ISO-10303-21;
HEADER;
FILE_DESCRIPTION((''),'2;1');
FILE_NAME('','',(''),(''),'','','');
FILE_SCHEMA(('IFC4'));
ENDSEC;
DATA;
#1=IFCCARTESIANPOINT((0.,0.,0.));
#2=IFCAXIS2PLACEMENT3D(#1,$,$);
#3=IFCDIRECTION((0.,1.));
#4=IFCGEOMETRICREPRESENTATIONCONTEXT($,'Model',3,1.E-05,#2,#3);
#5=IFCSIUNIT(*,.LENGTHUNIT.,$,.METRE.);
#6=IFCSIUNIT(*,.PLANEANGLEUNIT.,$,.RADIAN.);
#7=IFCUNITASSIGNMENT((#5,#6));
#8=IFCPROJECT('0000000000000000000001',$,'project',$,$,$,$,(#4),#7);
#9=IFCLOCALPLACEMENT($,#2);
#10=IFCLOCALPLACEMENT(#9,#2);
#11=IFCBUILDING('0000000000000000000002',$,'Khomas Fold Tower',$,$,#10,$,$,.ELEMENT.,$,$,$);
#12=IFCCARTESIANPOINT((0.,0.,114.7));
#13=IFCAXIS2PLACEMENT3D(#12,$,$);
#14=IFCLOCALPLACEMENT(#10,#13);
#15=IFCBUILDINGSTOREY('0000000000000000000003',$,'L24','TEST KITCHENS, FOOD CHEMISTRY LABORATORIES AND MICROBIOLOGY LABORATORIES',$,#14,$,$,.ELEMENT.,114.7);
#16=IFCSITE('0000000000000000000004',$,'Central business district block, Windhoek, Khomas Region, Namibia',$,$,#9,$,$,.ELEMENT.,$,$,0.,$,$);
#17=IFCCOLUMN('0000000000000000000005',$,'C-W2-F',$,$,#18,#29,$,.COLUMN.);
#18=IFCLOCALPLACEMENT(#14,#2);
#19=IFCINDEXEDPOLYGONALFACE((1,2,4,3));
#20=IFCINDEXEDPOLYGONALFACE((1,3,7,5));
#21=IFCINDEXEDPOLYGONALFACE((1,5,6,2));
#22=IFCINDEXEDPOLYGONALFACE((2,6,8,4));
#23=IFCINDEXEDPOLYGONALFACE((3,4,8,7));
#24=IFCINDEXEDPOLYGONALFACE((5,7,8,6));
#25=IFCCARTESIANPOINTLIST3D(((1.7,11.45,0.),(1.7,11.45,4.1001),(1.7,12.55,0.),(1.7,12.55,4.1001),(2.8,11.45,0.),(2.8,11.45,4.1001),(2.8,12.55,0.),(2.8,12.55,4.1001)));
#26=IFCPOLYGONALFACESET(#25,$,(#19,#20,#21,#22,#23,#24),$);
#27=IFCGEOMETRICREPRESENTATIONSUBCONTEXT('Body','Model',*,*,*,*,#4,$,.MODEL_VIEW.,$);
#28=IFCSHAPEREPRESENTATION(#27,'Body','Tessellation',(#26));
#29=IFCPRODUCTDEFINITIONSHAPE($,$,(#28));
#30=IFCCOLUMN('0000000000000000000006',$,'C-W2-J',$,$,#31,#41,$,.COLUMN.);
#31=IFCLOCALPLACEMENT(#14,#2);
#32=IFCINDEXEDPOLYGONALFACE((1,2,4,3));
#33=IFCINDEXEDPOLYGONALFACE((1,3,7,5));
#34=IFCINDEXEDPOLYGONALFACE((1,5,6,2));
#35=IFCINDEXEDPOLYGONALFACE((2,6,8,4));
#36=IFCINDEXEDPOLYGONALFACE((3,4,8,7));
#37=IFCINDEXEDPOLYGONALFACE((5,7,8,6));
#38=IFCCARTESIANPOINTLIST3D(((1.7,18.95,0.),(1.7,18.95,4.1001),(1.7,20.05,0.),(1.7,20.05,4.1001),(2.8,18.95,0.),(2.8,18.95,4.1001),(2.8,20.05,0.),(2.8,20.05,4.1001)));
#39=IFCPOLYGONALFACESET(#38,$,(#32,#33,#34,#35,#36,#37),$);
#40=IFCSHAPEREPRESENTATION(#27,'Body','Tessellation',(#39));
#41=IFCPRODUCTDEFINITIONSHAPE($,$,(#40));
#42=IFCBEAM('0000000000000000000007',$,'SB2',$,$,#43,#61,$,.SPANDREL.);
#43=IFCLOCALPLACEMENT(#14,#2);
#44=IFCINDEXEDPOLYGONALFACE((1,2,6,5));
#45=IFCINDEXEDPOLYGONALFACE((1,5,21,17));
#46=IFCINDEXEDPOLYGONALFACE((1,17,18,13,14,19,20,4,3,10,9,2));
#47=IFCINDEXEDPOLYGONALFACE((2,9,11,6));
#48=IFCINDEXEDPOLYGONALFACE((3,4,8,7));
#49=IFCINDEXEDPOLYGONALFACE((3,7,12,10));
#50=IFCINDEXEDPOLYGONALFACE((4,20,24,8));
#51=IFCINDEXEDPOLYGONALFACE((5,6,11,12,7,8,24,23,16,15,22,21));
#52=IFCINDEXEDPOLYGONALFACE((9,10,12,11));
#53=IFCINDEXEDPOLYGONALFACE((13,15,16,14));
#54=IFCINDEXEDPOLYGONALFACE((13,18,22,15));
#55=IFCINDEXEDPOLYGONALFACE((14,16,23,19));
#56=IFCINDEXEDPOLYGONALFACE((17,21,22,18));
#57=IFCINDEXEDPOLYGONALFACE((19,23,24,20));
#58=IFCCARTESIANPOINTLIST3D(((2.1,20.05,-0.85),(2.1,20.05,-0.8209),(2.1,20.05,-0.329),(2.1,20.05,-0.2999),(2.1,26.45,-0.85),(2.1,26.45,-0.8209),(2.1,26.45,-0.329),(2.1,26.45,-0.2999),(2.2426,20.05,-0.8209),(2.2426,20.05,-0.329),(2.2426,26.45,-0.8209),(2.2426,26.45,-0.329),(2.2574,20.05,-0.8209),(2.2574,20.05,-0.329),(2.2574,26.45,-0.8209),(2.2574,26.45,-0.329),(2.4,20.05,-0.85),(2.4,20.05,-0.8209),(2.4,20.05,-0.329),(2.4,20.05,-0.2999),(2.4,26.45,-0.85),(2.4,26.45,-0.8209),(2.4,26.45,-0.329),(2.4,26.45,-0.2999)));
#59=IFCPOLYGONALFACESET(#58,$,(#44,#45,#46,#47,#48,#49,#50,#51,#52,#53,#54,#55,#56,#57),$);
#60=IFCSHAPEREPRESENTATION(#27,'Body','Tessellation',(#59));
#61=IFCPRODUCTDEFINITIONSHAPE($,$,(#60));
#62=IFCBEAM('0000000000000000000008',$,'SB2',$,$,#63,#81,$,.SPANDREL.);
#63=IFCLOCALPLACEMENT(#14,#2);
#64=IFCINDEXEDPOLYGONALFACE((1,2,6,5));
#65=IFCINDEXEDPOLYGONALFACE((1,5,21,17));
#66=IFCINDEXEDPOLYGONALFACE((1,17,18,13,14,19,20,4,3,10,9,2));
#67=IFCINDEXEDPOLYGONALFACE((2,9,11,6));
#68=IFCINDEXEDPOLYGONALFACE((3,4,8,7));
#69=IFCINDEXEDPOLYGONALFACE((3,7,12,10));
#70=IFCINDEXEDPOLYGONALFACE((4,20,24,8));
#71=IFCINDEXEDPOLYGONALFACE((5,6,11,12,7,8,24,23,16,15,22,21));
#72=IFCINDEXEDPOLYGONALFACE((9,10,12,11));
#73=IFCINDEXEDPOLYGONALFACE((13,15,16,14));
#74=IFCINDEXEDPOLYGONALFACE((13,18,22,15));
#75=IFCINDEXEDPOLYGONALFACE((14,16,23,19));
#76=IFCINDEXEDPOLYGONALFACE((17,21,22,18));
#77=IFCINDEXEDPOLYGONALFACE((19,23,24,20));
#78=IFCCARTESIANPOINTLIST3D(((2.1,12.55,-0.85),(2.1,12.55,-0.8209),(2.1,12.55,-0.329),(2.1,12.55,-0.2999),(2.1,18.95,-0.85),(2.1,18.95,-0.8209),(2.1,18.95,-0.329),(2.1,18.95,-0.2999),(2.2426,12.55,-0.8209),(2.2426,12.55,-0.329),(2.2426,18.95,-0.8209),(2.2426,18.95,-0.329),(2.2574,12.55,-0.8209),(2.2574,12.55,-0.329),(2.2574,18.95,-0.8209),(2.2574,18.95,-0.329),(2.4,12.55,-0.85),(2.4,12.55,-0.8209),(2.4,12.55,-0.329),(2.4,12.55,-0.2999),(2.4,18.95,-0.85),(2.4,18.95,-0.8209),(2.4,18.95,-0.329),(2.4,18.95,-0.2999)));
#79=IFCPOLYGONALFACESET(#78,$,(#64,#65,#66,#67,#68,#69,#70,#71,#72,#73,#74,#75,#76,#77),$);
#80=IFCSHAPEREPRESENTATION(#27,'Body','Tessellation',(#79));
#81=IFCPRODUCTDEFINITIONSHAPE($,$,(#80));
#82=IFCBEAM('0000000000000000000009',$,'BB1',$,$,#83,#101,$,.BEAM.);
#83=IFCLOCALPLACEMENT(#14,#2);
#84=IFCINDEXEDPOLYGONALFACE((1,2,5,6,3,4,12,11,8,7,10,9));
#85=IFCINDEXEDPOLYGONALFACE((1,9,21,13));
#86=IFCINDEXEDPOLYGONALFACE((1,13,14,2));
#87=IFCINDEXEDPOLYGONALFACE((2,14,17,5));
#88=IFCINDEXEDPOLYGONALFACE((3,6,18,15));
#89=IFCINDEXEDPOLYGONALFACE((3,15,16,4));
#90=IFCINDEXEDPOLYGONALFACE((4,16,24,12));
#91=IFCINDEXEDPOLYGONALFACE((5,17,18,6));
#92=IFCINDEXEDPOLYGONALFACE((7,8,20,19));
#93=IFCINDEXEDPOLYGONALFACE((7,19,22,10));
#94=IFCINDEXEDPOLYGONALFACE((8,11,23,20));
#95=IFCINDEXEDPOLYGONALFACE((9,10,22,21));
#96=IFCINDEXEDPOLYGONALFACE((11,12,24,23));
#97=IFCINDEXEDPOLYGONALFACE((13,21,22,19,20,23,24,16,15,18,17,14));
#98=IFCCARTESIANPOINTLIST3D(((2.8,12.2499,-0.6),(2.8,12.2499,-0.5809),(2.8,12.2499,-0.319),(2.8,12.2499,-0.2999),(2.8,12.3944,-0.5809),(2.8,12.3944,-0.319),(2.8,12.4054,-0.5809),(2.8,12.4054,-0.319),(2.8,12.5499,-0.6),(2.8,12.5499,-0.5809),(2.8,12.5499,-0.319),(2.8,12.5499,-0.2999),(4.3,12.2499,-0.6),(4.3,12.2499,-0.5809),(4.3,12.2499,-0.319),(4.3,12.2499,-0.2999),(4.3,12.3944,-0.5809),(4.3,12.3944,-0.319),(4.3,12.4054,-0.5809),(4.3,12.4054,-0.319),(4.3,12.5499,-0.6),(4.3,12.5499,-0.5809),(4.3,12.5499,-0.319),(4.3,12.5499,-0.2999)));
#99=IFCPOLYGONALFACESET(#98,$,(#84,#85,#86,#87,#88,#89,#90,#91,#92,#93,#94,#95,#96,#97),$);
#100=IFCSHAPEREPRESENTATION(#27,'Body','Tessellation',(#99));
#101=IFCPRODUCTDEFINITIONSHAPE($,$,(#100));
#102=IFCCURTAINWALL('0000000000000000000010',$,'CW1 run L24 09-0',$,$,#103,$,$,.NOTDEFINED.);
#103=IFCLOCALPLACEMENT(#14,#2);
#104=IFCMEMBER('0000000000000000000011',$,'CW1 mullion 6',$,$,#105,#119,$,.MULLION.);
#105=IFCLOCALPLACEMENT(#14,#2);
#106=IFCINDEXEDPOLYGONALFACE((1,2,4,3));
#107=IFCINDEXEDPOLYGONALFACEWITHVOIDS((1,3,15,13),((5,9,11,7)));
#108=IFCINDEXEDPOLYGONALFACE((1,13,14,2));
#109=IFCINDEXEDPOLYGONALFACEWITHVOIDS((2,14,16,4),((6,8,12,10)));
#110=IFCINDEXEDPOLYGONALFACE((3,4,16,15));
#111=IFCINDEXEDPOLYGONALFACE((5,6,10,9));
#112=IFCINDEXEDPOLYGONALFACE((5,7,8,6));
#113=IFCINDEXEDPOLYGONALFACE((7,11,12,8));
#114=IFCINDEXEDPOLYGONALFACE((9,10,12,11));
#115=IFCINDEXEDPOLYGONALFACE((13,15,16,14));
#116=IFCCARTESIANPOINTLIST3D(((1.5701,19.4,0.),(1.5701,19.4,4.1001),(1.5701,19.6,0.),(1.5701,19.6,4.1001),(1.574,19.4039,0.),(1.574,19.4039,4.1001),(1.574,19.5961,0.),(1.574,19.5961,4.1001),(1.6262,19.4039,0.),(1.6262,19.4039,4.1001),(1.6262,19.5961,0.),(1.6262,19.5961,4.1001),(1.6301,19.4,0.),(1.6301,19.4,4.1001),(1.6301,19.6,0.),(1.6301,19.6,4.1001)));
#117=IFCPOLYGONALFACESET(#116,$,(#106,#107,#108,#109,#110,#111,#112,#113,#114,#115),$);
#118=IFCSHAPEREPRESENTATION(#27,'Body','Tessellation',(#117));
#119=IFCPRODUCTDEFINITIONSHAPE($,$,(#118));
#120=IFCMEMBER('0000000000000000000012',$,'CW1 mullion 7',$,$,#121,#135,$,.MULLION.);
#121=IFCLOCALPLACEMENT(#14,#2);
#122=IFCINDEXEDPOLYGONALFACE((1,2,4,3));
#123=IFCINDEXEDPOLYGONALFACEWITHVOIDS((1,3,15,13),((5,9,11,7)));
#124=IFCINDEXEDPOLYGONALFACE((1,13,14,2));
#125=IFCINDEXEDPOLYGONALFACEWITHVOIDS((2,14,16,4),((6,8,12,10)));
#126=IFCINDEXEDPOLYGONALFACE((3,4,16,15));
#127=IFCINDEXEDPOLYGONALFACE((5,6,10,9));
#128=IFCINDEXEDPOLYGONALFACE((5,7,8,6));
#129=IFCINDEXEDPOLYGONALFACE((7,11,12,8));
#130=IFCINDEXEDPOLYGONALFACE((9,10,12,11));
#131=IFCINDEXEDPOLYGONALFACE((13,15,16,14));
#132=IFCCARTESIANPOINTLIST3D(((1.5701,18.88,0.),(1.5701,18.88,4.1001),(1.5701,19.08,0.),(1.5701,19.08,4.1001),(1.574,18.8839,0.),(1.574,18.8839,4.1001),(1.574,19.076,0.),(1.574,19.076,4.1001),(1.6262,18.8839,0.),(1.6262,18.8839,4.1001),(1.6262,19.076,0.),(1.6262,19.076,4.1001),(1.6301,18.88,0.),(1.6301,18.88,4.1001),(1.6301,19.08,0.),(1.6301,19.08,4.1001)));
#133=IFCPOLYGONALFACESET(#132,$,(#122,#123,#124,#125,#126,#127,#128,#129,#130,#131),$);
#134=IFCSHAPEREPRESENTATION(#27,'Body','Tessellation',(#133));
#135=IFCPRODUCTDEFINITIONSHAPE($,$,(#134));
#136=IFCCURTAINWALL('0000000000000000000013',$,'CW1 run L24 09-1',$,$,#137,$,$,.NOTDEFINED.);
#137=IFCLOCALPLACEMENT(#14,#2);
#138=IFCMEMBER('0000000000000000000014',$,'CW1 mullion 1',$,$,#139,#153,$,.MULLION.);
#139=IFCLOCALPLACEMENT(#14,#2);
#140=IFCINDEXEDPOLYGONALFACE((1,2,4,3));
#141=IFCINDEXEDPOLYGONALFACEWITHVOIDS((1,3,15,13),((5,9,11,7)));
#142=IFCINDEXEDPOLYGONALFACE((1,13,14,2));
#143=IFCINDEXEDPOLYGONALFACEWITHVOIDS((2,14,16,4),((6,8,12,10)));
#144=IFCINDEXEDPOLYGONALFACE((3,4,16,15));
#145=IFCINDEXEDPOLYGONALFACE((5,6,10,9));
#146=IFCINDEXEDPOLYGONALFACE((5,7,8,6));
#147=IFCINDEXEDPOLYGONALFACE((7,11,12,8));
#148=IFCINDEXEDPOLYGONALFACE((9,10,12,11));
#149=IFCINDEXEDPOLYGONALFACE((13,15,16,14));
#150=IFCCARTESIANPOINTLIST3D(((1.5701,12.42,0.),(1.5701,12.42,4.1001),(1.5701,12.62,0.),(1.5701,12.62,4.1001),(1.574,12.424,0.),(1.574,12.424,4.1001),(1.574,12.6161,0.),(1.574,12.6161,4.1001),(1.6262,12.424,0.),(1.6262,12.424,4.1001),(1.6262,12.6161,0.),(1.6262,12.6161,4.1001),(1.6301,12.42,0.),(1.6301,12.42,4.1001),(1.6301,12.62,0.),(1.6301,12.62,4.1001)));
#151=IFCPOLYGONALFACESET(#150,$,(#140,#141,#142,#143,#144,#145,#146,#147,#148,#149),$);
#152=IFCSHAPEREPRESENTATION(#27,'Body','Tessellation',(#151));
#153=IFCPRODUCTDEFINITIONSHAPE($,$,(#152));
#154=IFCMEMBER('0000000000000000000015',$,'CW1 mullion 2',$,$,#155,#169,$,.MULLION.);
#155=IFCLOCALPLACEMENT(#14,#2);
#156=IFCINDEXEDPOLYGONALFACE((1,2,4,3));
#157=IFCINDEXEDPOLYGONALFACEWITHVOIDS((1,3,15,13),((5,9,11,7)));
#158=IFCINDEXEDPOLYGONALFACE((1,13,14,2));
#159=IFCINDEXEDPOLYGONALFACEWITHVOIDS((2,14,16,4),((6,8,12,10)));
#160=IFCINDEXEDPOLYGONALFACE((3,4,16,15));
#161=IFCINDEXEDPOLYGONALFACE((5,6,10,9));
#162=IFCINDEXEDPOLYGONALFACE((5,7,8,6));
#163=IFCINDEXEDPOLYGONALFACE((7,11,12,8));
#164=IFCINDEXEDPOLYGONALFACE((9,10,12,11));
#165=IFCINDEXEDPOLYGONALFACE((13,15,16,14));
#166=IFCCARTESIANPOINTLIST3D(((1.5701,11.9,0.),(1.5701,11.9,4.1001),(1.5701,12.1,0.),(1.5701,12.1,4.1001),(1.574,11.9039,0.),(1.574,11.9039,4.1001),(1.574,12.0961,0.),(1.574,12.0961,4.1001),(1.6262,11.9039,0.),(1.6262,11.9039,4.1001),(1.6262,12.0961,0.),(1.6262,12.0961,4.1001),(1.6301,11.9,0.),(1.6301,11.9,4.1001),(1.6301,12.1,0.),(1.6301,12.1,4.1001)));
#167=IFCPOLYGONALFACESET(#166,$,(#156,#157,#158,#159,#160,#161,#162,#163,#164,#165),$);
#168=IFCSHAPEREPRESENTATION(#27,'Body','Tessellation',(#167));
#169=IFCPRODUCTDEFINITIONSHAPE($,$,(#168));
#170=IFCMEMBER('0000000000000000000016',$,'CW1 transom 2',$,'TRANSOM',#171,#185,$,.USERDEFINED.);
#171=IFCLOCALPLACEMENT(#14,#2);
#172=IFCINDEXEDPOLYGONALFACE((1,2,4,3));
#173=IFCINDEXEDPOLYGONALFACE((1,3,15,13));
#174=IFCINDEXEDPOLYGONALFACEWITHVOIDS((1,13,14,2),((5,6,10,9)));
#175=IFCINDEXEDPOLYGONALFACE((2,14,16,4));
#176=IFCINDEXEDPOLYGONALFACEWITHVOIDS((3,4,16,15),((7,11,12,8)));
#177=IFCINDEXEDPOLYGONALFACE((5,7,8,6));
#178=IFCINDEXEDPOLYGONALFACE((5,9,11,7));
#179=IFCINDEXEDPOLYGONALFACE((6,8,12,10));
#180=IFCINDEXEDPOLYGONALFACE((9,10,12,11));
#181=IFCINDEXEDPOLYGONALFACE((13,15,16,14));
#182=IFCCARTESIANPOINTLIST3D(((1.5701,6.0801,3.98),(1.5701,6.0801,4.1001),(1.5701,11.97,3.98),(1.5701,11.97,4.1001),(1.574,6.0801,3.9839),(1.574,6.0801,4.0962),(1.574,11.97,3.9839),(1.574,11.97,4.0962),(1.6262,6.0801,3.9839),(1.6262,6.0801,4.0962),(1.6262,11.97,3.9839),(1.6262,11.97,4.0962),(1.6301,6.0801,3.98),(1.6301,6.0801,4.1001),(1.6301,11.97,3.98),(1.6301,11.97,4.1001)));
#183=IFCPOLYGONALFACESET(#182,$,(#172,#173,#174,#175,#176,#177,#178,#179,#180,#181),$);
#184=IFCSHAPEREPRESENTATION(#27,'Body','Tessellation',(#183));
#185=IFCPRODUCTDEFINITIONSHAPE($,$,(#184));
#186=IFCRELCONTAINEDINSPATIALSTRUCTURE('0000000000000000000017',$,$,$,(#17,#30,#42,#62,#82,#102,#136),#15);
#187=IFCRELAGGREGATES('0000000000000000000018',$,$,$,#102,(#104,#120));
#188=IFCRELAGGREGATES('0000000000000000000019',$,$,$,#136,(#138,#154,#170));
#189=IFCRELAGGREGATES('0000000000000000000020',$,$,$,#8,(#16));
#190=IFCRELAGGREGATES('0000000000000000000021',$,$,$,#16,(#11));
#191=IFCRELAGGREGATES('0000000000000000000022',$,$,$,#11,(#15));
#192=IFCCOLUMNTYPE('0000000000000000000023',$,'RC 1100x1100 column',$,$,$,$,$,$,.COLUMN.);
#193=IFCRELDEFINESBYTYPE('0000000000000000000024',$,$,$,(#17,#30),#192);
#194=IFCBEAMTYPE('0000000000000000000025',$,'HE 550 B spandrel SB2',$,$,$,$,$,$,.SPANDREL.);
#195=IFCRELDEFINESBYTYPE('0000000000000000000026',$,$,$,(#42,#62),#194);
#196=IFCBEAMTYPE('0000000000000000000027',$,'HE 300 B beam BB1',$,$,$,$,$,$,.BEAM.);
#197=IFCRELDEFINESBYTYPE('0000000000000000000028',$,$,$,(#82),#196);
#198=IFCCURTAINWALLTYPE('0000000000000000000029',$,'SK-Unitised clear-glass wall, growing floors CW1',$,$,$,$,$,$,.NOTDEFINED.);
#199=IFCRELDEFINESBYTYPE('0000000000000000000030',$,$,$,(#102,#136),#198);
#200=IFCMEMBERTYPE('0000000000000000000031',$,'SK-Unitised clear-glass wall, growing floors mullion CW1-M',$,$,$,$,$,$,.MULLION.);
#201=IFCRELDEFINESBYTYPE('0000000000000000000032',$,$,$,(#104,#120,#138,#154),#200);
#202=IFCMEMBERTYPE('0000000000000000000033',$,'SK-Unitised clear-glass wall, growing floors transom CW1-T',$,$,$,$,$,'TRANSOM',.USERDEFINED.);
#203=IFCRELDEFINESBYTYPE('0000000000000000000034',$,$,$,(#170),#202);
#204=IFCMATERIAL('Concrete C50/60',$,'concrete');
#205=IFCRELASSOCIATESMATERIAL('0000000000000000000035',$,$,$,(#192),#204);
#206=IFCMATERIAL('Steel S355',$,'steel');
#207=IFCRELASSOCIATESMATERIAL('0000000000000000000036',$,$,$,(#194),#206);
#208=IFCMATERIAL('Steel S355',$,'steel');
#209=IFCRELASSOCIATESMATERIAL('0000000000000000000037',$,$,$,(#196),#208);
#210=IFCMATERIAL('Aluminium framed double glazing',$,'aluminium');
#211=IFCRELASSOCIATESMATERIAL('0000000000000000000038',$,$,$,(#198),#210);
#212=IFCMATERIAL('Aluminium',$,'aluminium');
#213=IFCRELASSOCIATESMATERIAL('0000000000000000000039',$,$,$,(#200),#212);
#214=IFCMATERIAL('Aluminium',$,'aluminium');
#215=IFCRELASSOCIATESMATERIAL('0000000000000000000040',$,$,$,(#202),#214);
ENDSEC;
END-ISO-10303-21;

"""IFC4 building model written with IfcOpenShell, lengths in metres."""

from ifc_helpers import new_model, si_unit, direction, frame, origin, origin_2d, place, context, subcontext, project, spatial, rectangle, hollow_rectangle, i_section, extrude, source, transform, mapped, material, material_profile, profile_set, type_object, element, aggregate, save


model = new_model("IFC4")

# Units and contexts
model_context = context("Model", 3, precision=1e-05, world=origin(), true_north=direction((0.0, 1.0)))
body_context = subcontext(model_context, "Body", "Model", "MODEL_VIEW")
ifc_project = project(units=[si_unit("LENGTHUNIT", "METRE"), si_unit("PLANEANGLEUNIT", "RADIAN")], contexts=[model_context])

# Site, building, storey
site_placement = place(None, origin())
site = spatial("IfcSite", under=ifc_project, at=site_placement, Name="Central business district block, Windhoek, Khomas Region, Namibia", CompositionType="ELEMENT", RefElevation=0.0)
building_placement = place(site_placement, origin())
building = spatial("IfcBuilding", under=site, at=building_placement, Name="Khomas Fold Tower", CompositionType="ELEMENT")
storey_placement = place(building_placement, frame((0.0, 0.0, 114.7)))
storey = spatial("IfcBuildingStorey", under=building, at=storey_placement, Name="L24", Description="TEST KITCHENS, FOOD CHEMISTRY LABORATORIES AND MICROBIOLOGY LABORATORIES", CompositionType="ELEMENT", Elevation=114.7)

# Columns
ifc_material_1 = material(Name="Concrete C50/60", Category="concrete")
ifc_material_profile_1 = material_profile(ifc_material_1, rectangle(XDim=1.1001, YDim=1.1001, at=origin_2d()), Name="RC 1100x1100")
ifc_profile_set_1 = profile_set([ifc_material_profile_1], Name="Concrete C50/60")
column_type = type_object("IfcColumnType", Name="RC 1100x1100 column", PredefinedType="COLUMN", material=ifc_profile_set_1)
shared_shape_1 = source(origin(), body_context, "Body", "SweptSolid", [
    extrude(rectangle(XDim=1.1001, YDim=1.1001, at=origin_2d()), origin(), (0.0, 0.0, 1.0), 4.1001),
])
for number, where, z_axis, x_axis, name in (
    (1, (2.25, 12.0, 0.0), (0.0, 0.0, 1.0), (1.0, 0.0, 0.0), "C-W2-F"),
    (2, (2.25, 19.5, 0.0), (0.0, 0.0, 1.0), (1.0, 0.0, 0.0), "C-W2-J"),
):
    element("IfcColumn", number, at=place(storey_placement, frame(where, z_axis=z_axis, x_axis=x_axis)), inside=storey, type_object=column_type, Name=name, PredefinedType="COLUMN", context=body_context, shape_type="MappedRepresentation", body=[
        mapped(shared_shape_1, transform((0.0, 0.0, 0.0))),
    ])

# Beams
ifc_material_2 = material(Name="Steel S355", Category="steel")
ifc_material_profile_2 = material_profile(ifc_material_2, i_section(OverallWidth=0.3, OverallDepth=0.55, WebThickness=0.0149, FlangeThickness=0.0291, at=origin_2d()), Name="HE 550 B")
ifc_profile_set_2 = profile_set([ifc_material_profile_2], Name="Steel S355")
beam_type_1 = type_object("IfcBeamType", Name="HE 550 B spandrel SB2", PredefinedType="SPANDREL", material=ifc_profile_set_2)
shared_shape_2 = source(origin(), body_context, "Body", "SweptSolid", [
    extrude(i_section(OverallWidth=0.3, OverallDepth=0.55, WebThickness=0.0149, FlangeThickness=0.0291, at=origin_2d()), origin(), (0.0, 0.0, 1.0), 6.3999),
])
for number, where, z_axis, x_axis, name in (
    (3, (2.25, 20.05, -0.575), (0.0, 1.0, 0.0), (-1.0, 0.0, 0.0), "SB2"),
    (4, (2.25, 12.55, -0.575), (0.0, 1.0, 0.0), (-1.0, 0.0, 0.0), "SB2"),
):
    element("IfcBeam", number, at=place(storey_placement, frame(where, z_axis=z_axis, x_axis=x_axis)), inside=storey, type_object=beam_type_1, Name=name, PredefinedType="SPANDREL", context=body_context, shape_type="MappedRepresentation", body=[
        mapped(shared_shape_2, transform((0.0, 0.0, 0.0))),
    ])
ifc_material_3 = material(Name="Steel S355", Category="steel")
ifc_material_profile_3 = material_profile(ifc_material_3, i_section(OverallWidth=0.3, OverallDepth=0.3, WebThickness=0.011, FlangeThickness=0.019, at=origin_2d()), Name="HE 300 B")
ifc_profile_set_3 = profile_set([ifc_material_profile_3], Name="Steel S355")
beam_type_2 = type_object("IfcBeamType", Name="HE 300 B beam BB1", PredefinedType="BEAM", material=ifc_profile_set_3)
shared_shape_3 = source(origin(), body_context, "Body", "SweptSolid", [
    extrude(i_section(OverallWidth=0.3, OverallDepth=0.3, WebThickness=0.011, FlangeThickness=0.019, at=origin_2d()), origin(), (0.0, 0.0, 1.0), 1.5),
])
beam_placement = place(storey_placement, frame((2.8, 12.3999, -0.45), z_axis=(1.0, 0.0, 0.0), x_axis=(0.0, 1.0, 0.0)))
element("IfcBeam", 5, at=beam_placement, inside=storey, type_object=beam_type_2, Name="BB1", PredefinedType="BEAM", context=body_context, shape_type="MappedRepresentation", body=[
    mapped(shared_shape_3, transform((0.0, 0.0, 0.0))),
])

# Curtain walls, members
ifc_material_4 = material(Name="Aluminium framed double glazing", Category="aluminium")
curtain_wall_type = type_object("IfcCurtainWallType", Name="SK-Unitised clear-glass wall, growing floors CW1", PredefinedType="NOTDEFINED", material=ifc_material_4)
curtain_wall_1_placement = place(storey_placement, origin())
curtain_wall_1 = element("IfcCurtainWall", 6, at=curtain_wall_1_placement, inside=storey, type_object=curtain_wall_type, Name="CW1 run L24 09-0", PredefinedType="NOTDEFINED")
ifc_material_5 = material(Name="Aluminium", Category="aluminium")
ifc_material_profile_4 = material_profile(ifc_material_5, hollow_rectangle(XDim=0.0601, YDim=0.2, WallThickness=0.0039, at=origin_2d()), Name="SK-Unitised clear-glass wall, growing floors mullion CW1-M")
ifc_profile_set_4 = profile_set([ifc_material_profile_4], Name="Aluminium")
member_type_1 = type_object("IfcMemberType", Name="SK-Unitised clear-glass wall, growing floors mullion CW1-M", PredefinedType="MULLION", material=ifc_profile_set_4)
shared_shape_4 = source(origin(), body_context, "Body", "SweptSolid", [
    extrude(hollow_rectangle(XDim=0.0601, YDim=0.2, WallThickness=0.0039, at=origin_2d()), origin(), (0.0, 0.0, 1.0), 4.1001),
])
member_1_placement = place(storey_placement, frame((1.6001, 19.5, 0.0), z_axis=(0.0, 0.0, 1.0), x_axis=(1.0, 0.0, 0.0)))
member_1 = element("IfcMember", 7, at=member_1_placement, type_object=member_type_1, Name="CW1 mullion 6", PredefinedType="MULLION", context=body_context, shape_type="MappedRepresentation", body=[
    mapped(shared_shape_4, transform((0.0, 0.0, 0.0))),
])
member_2_placement = place(storey_placement, frame((1.6001, 18.98, 0.0), z_axis=(0.0, 0.0, 1.0), x_axis=(1.0, 0.0, 0.0)))
member_2 = element("IfcMember", 8, at=member_2_placement, type_object=member_type_1, Name="CW1 mullion 7", PredefinedType="MULLION", context=body_context, shape_type="MappedRepresentation", body=[
    mapped(shared_shape_4, transform((0.0, 0.0, 0.0))),
])
curtain_wall_2_placement = place(storey_placement, origin())
curtain_wall_2 = element("IfcCurtainWall", 9, at=curtain_wall_2_placement, inside=storey, type_object=curtain_wall_type, Name="CW1 run L24 09-1", PredefinedType="NOTDEFINED")
member_3_placement = place(storey_placement, frame((1.6001, 12.52, 0.0), z_axis=(0.0, 0.0, 1.0), x_axis=(1.0, 0.0, 0.0)))
member_3 = element("IfcMember", 10, at=member_3_placement, type_object=member_type_1, Name="CW1 mullion 1", PredefinedType="MULLION", context=body_context, shape_type="MappedRepresentation", body=[
    mapped(shared_shape_4, transform((0.0, 0.0, 0.0))),
])
member_4_placement = place(storey_placement, frame((1.6001, 12.0, 0.0), z_axis=(0.0, 0.0, 1.0), x_axis=(1.0, 0.0, 0.0)))
member_4 = element("IfcMember", 11, at=member_4_placement, type_object=member_type_1, Name="CW1 mullion 2", PredefinedType="MULLION", context=body_context, shape_type="MappedRepresentation", body=[
    mapped(shared_shape_4, transform((0.0, 0.0, 0.0))),
])
ifc_material_6 = material(Name="Aluminium", Category="aluminium")
ifc_material_profile_5 = material_profile(ifc_material_6, hollow_rectangle(XDim=0.0601, YDim=0.1201, WallThickness=0.0039, at=origin_2d()), Name="SK-Unitised clear-glass wall, growing floors transom CW1-T")
ifc_profile_set_5 = profile_set([ifc_material_profile_5], Name="Aluminium")
member_type_2 = type_object("IfcMemberType", Name="SK-Unitised clear-glass wall, growing floors transom CW1-T", ElementType="TRANSOM", PredefinedType="USERDEFINED", material=ifc_profile_set_5)
shared_shape_5 = source(origin(), body_context, "Body", "SweptSolid", [
    extrude(hollow_rectangle(XDim=0.0601, YDim=0.1201, WallThickness=0.0039, at=origin_2d()), origin(), (0.0, 0.0, 1.0), 5.8899),
])
member_5_placement = place(storey_placement, frame((1.6001, 11.97, 4.04), z_axis=(0.0, -1.0, 0.0), x_axis=(1.0, 0.0, 0.0)))
member_5 = element("IfcMember", 12, at=member_5_placement, type_object=member_type_2, Name="CW1 transom 2", ObjectType="TRANSOM", PredefinedType="USERDEFINED", context=body_context, shape_type="MappedRepresentation", body=[
    mapped(shared_shape_5, transform((0.0, 0.0, 0.0))),
])

aggregate(curtain_wall_1, [member_1, member_2])
aggregate(curtain_wall_2, [member_3, member_4, member_5])

save(model, "model.ifc")
